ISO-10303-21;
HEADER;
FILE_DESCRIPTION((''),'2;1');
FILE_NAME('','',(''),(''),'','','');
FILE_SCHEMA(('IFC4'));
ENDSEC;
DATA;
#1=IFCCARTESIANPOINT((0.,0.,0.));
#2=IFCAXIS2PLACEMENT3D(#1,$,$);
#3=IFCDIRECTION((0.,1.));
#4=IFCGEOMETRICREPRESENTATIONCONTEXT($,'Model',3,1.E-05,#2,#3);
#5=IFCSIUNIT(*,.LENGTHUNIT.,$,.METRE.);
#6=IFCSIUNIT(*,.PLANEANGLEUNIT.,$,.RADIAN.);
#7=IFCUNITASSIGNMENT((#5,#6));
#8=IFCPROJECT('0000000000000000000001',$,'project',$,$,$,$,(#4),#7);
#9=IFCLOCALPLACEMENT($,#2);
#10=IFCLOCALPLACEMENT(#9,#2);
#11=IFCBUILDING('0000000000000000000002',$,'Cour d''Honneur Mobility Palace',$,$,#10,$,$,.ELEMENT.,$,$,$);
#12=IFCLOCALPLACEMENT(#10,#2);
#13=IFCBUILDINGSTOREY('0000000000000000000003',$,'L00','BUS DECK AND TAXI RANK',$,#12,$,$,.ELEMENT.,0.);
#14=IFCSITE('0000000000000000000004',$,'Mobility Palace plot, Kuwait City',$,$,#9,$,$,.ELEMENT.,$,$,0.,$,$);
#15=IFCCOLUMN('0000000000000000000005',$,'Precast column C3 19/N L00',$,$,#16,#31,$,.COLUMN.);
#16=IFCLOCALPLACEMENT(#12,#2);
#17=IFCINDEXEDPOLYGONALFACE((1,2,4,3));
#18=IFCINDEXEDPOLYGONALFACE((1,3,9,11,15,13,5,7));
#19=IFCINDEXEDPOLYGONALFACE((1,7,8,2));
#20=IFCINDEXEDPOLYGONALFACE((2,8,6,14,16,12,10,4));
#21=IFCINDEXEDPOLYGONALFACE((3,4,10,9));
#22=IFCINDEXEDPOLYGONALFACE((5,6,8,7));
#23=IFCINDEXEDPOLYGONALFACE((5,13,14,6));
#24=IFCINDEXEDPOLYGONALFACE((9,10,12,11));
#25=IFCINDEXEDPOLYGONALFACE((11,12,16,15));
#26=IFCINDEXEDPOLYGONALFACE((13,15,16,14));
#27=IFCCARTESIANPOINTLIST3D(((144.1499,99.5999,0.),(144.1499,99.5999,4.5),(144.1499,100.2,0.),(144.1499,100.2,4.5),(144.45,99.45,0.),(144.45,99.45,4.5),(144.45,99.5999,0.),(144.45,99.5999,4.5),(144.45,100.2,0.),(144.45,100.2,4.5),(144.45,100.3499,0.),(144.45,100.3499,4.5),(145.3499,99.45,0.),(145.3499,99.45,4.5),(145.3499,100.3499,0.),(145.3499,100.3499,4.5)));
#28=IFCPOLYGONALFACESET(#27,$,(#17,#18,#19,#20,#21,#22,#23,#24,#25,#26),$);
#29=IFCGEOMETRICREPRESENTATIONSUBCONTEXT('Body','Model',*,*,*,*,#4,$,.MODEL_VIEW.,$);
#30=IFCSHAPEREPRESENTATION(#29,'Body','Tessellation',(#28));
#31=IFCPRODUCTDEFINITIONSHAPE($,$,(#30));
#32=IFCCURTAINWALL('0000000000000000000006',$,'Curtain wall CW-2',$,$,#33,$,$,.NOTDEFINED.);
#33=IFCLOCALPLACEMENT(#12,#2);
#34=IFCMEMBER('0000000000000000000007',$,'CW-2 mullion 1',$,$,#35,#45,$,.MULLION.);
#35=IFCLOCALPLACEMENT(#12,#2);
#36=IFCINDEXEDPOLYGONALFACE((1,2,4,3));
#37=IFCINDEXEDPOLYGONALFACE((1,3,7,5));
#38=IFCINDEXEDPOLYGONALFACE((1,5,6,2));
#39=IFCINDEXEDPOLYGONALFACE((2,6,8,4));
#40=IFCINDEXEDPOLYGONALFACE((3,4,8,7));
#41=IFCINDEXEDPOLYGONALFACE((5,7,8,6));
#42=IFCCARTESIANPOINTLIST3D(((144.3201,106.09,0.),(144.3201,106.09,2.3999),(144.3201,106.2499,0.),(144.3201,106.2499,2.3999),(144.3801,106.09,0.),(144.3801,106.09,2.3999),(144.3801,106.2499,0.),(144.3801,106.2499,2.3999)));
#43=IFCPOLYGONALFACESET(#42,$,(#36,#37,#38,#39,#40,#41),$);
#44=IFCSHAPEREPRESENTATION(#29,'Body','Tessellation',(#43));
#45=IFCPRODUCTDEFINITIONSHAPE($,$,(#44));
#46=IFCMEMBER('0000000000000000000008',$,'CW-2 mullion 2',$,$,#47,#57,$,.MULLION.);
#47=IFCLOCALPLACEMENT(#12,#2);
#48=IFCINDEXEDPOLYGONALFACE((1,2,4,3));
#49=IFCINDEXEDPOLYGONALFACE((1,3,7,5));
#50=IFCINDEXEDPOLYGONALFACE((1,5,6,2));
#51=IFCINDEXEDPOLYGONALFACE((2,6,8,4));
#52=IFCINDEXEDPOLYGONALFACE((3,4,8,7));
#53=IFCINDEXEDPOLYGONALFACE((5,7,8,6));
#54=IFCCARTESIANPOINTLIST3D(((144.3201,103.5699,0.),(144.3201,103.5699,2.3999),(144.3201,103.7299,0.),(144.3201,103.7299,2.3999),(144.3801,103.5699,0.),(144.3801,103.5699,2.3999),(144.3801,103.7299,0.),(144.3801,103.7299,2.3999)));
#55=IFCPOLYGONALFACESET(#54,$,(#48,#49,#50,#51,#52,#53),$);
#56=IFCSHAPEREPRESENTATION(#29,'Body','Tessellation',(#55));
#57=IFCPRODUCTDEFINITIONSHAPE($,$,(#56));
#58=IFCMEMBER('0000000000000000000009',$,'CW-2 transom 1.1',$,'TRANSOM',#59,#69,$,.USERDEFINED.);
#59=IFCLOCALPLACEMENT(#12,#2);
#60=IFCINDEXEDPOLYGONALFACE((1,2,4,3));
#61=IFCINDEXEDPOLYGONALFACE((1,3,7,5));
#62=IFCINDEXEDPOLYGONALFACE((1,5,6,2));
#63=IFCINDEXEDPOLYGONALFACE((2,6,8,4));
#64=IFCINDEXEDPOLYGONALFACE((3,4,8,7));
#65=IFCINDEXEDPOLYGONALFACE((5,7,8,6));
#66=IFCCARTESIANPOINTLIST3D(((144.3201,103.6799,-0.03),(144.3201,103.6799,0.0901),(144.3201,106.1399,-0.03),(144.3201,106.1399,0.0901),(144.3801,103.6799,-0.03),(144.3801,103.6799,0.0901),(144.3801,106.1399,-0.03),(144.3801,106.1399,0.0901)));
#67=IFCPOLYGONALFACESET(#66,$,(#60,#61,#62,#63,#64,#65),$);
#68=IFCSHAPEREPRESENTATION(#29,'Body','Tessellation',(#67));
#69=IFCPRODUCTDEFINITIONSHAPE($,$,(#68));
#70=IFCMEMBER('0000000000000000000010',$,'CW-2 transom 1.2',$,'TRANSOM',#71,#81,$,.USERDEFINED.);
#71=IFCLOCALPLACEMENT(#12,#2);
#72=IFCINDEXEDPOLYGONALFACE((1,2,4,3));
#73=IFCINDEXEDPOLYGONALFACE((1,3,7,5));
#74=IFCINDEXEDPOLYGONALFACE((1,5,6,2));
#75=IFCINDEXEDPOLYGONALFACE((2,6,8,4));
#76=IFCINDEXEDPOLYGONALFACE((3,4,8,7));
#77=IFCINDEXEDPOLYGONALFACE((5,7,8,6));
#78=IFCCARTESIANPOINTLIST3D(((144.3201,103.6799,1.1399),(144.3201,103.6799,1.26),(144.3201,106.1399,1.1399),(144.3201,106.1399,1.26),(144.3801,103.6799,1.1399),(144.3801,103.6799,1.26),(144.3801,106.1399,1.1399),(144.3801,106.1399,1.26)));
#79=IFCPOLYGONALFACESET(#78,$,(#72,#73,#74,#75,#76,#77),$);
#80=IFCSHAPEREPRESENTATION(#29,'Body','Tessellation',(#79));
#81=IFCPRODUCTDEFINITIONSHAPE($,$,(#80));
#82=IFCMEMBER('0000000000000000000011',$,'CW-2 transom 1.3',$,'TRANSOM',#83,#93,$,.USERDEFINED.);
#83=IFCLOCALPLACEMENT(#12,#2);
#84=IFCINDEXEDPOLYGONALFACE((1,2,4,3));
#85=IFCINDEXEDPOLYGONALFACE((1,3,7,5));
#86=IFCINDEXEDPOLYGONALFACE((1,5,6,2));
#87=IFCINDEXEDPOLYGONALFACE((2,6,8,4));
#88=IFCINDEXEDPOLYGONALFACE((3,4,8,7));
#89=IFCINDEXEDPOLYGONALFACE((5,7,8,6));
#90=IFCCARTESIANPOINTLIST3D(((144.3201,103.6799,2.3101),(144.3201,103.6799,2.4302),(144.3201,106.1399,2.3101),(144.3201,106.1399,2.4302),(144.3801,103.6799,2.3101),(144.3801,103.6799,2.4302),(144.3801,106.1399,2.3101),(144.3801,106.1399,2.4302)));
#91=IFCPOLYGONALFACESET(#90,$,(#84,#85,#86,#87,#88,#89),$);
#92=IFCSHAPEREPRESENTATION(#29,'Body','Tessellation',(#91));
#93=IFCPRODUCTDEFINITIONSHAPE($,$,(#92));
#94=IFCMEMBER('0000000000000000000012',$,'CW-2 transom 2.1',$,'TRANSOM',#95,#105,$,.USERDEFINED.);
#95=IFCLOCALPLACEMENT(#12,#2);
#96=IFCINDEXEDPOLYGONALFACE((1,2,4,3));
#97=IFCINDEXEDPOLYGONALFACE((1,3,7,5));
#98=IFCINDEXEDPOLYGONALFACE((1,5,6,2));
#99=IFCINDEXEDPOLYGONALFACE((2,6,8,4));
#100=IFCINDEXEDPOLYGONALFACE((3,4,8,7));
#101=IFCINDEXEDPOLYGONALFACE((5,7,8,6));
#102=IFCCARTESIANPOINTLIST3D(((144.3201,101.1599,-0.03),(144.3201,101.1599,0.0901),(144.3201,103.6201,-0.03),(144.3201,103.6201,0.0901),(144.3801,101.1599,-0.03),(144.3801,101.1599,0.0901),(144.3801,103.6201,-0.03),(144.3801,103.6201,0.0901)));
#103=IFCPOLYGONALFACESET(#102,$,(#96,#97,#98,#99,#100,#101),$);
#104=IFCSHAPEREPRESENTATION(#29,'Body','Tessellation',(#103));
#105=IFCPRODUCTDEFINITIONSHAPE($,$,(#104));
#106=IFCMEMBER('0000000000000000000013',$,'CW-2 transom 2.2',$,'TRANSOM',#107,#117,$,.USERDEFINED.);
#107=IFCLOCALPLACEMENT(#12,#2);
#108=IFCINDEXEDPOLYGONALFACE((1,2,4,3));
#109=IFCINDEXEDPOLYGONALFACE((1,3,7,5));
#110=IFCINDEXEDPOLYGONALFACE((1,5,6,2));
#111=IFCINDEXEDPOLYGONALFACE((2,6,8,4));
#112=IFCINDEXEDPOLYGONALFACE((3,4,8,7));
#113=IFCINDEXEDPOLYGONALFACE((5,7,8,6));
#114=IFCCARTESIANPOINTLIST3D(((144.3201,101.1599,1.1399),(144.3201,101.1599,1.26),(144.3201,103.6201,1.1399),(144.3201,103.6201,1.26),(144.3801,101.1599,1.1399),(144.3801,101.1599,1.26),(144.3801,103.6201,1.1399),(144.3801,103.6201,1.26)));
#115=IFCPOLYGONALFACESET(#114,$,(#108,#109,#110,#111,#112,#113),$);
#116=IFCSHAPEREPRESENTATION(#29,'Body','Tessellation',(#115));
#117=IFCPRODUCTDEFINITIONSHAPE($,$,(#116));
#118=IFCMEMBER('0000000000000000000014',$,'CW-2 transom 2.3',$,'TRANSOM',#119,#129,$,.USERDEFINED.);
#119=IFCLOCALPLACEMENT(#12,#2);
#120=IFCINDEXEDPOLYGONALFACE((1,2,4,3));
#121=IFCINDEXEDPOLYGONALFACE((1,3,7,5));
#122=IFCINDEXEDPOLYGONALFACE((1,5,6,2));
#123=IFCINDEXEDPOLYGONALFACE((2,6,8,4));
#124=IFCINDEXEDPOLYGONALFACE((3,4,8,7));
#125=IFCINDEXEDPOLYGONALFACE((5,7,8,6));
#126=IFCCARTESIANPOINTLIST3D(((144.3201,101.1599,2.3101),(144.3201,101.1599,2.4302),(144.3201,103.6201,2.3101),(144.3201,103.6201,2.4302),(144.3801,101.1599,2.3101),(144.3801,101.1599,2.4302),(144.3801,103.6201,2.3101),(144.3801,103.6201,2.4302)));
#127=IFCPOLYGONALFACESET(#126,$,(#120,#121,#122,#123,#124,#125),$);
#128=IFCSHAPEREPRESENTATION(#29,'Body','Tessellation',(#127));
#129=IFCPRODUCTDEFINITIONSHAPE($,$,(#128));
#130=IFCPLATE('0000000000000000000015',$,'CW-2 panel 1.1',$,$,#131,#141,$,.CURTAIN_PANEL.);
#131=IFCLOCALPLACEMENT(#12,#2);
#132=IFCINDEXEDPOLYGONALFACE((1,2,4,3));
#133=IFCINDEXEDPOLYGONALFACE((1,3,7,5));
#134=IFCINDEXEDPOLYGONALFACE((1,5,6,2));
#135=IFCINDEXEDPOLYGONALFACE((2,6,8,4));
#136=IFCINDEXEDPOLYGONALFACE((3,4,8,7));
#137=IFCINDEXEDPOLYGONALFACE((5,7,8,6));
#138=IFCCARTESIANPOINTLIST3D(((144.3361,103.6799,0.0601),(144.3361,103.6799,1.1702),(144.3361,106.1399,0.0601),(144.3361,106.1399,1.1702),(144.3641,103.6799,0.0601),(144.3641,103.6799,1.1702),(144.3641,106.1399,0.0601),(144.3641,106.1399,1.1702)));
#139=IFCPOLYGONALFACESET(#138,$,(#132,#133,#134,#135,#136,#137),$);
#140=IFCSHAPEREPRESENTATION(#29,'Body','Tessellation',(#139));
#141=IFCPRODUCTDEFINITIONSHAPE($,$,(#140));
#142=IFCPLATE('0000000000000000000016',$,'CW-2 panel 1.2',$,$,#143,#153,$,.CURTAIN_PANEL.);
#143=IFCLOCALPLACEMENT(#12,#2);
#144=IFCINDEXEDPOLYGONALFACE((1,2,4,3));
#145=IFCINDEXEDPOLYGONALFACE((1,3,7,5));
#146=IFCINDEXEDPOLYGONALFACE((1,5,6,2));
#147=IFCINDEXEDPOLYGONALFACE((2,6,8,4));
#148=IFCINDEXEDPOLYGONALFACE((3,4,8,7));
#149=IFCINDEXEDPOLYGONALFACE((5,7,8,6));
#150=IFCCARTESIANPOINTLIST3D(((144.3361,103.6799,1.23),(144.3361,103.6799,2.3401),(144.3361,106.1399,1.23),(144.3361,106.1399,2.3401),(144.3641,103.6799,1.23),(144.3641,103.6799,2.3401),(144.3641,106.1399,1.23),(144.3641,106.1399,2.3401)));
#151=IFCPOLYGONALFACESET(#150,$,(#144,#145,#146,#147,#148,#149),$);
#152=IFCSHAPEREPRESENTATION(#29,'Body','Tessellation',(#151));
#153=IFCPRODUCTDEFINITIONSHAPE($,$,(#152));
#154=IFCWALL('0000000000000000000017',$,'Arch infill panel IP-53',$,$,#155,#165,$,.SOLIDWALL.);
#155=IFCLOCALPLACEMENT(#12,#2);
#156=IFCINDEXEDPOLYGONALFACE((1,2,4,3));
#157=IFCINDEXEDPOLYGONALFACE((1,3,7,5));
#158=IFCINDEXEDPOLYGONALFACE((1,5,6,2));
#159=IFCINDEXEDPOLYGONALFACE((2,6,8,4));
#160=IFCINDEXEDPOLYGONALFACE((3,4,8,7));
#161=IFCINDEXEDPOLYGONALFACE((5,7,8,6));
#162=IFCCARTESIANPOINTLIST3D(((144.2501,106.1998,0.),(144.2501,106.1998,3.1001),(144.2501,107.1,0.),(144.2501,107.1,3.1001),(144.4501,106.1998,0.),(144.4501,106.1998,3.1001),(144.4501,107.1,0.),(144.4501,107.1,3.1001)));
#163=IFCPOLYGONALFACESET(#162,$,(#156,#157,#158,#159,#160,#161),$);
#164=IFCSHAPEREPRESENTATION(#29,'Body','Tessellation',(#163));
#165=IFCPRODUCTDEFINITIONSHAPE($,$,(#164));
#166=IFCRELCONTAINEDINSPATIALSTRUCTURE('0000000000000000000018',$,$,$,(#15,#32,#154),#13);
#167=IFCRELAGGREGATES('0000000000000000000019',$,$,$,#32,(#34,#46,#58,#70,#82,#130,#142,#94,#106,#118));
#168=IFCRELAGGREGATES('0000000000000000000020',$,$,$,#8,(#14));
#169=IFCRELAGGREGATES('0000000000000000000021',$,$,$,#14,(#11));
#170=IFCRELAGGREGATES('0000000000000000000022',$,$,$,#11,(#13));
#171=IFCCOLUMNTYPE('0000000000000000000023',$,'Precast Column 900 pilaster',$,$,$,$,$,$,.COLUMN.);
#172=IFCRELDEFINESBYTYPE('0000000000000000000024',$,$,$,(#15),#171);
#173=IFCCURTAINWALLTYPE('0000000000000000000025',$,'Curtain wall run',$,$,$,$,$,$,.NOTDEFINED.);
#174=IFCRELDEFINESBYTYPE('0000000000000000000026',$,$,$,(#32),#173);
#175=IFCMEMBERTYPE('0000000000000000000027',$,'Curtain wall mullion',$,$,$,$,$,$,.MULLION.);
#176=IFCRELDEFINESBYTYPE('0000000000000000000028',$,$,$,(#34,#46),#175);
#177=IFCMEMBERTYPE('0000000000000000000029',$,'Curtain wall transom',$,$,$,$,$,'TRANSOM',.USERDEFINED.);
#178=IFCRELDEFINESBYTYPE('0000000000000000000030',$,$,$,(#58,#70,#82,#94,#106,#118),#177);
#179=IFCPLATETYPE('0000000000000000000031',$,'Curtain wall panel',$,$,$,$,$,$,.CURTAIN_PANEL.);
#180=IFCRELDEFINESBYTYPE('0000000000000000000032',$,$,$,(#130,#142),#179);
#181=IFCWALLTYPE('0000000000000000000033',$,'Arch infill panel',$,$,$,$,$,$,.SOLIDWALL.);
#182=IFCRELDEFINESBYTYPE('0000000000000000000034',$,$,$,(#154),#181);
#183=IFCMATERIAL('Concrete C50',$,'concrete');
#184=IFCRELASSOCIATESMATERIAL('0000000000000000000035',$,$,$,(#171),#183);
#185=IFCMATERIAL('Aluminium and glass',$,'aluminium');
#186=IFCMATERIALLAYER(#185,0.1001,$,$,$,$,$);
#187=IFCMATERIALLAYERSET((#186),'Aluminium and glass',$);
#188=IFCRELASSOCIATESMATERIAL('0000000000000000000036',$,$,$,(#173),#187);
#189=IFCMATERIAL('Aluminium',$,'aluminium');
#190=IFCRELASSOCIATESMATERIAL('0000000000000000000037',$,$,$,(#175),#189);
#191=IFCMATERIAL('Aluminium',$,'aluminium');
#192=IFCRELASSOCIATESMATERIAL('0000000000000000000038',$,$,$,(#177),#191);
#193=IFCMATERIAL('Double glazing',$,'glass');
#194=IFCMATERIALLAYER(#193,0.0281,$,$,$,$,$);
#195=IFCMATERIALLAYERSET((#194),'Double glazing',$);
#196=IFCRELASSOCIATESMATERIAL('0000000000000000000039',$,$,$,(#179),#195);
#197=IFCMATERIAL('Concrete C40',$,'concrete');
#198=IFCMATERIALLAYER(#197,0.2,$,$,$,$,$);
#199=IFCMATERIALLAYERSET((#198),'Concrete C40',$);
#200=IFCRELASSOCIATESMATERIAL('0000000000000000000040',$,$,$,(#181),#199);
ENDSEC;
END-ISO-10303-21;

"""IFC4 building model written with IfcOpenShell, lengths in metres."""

from ifc_helpers import new_model, si_unit, direction, frame, frame_2d, origin, origin_2d, place, context, subcontext, project, spatial, polyline, rectangle, outline, extrude, material, layer, layer_set, material_profile, profile_set, type_object, element, aggregate, save


model = new_model("IFC4")

# Units and contexts
model_context = context("Model", 3, precision=1e-05, world=origin(), true_north=direction((0.0, 1.0)))
body_context = subcontext(model_context, "Body", "Model", "MODEL_VIEW")
ifc_project = project(units=[si_unit("LENGTHUNIT", "METRE"), si_unit("PLANEANGLEUNIT", "RADIAN")], contexts=[model_context])

# Site, building, storey
site_placement = place(None, origin())
site = spatial("IfcSite", under=ifc_project, at=site_placement, Name="Mobility Palace plot, Kuwait City", CompositionType="ELEMENT", RefElevation=0.0)
building_placement = place(site_placement, origin())
building = spatial("IfcBuilding", under=site, at=building_placement, Name="Cour d'Honneur Mobility Palace", CompositionType="ELEMENT")
storey_placement = place(building_placement, origin())
storey = spatial("IfcBuildingStorey", under=building, at=storey_placement, Name="L00", Description="BUS DECK AND TAXI RANK", CompositionType="ELEMENT", Elevation=0.0)

# Column
ifc_material_1 = material(Name="Concrete C50", Category="concrete")
ifc_material_profile_1 = material_profile(ifc_material_1, outline(polyline([(-0.45, -0.45), (0.45, -0.45), (0.45, -0.3), (0.75, -0.3), (0.75, 0.3), (0.45, 0.3), (0.45, 0.45), (-0.45, 0.45), (-0.45, -0.45)])), Name="PC C900 pilaster")
ifc_profile_set_1 = profile_set([ifc_material_profile_1], Name="Concrete C50")
column_type = type_object("IfcColumnType", Name="Precast Column 900 pilaster", PredefinedType="COLUMN", material=ifc_profile_set_1)
for number, where, z_axis, x_axis, name in (
    (1, (144.8999, 99.8999, 0.0), (0.0, 0.0, 1.0), (-1.0, 0.0, 0.0), "Precast column C3 19/N L00"),
):
    element("IfcColumn", number, at=place(storey_placement, frame(where, z_axis=z_axis, x_axis=x_axis)), inside=storey, type_object=column_type, Name=name, PredefinedType="COLUMN", context=body_context, shape_type="SweptSolid", body=[
        extrude(outline(polyline([(-0.45, -0.45), (0.45, -0.45), (0.45, -0.3), (0.75, -0.3), (0.75, 0.3), (0.45, 0.3), (0.45, 0.45), (-0.45, 0.45), (-0.45, -0.45)])), origin(), (0.0, 0.0, 1.0), 4.5),
    ])

# Curtain wall, members, plates
ifc_material_2 = material(Name="Aluminium and glass", Category="aluminium")
ifc_layer_1 = layer(ifc_material_2, 0.1001)
ifc_layer_set_1 = layer_set([ifc_layer_1], Name="Aluminium and glass")
curtain_wall_type = type_object("IfcCurtainWallType", Name="Curtain wall run", PredefinedType="NOTDEFINED", material=ifc_layer_set_1)
curtain_wall_placement = place(storey_placement, origin())
curtain_wall = element("IfcCurtainWall", 2, at=curtain_wall_placement, inside=storey, type_object=curtain_wall_type, Name="Curtain wall CW-2", PredefinedType="NOTDEFINED")
ifc_material_3 = material(Name="Aluminium", Category="aluminium")
ifc_material_profile_2 = material_profile(ifc_material_3, rectangle(XDim=0.0601, YDim=0.1599, at=origin_2d()), Name="Curtain wall mullion")
ifc_profile_set_2 = profile_set([ifc_material_profile_2], Name="Aluminium")
member_type_1 = type_object("IfcMemberType", Name="Curtain wall mullion", PredefinedType="MULLION", material=ifc_profile_set_2)
member_1_placement = place(storey_placement, frame((144.3501, 106.1699, 0.0), z_axis=(0.0, 0.0, 1.0), x_axis=(1.0, 0.0, 0.0)))
member_1 = element("IfcMember", 3, at=member_1_placement, type_object=member_type_1, Name="CW-2 mullion 1", PredefinedType="MULLION", context=body_context, shape_type="SweptSolid", body=[
    extrude(rectangle(XDim=0.0601, YDim=0.1599, at=origin_2d()), origin(), (0.0, 0.0, 1.0), 2.3999),
])
member_2_placement = place(storey_placement, frame((144.3501, 103.6499, 0.0), z_axis=(0.0, 0.0, 1.0), x_axis=(1.0, 0.0, 0.0)))
member_2 = element("IfcMember", 4, at=member_2_placement, type_object=member_type_1, Name="CW-2 mullion 2", PredefinedType="MULLION", context=body_context, shape_type="SweptSolid", body=[
    extrude(rectangle(XDim=0.0601, YDim=0.1599, at=origin_2d()), origin(), (0.0, 0.0, 1.0), 2.3999),
])
ifc_material_4 = material(Name="Aluminium", Category="aluminium")
ifc_material_profile_3 = material_profile(ifc_material_4, rectangle(XDim=0.0601, YDim=0.1201, at=origin_2d()), Name="Curtain wall transom")
ifc_profile_set_3 = profile_set([ifc_material_profile_3], Name="Aluminium")
member_type_2 = type_object("IfcMemberType", Name="Curtain wall transom", ElementType="TRANSOM", PredefinedType="USERDEFINED", material=ifc_profile_set_3)
member_3_placement = place(storey_placement, frame((144.3501, 106.1399, 0.03), z_axis=(0.0, -1.0, 0.0), x_axis=(1.0, 0.0, 0.0)))
member_3 = element("IfcMember", 5, at=member_3_placement, type_object=member_type_2, Name="CW-2 transom 1.1", ObjectType="TRANSOM", PredefinedType="USERDEFINED", context=body_context, shape_type="SweptSolid", body=[
    extrude(rectangle(XDim=0.0601, YDim=0.1201, at=origin_2d()), origin(), (0.0, 0.0, 1.0), 2.46),
])
member_4_placement = place(storey_placement, frame((144.3501, 106.1399, 1.2), z_axis=(0.0, -1.0, 0.0), x_axis=(1.0, 0.0, 0.0)))
member_4 = element("IfcMember", 6, at=member_4_placement, type_object=member_type_2, Name="CW-2 transom 1.2", ObjectType="TRANSOM", PredefinedType="USERDEFINED", context=body_context, shape_type="SweptSolid", body=[
    extrude(rectangle(XDim=0.0601, YDim=0.1201, at=origin_2d()), origin(), (0.0, 0.0, 1.0), 2.46),
])
member_5_placement = place(storey_placement, frame((144.3501, 106.1399, 2.3701), z_axis=(0.0, -1.0, 0.0), x_axis=(1.0, 0.0, 0.0)))
member_5 = element("IfcMember", 7, at=member_5_placement, type_object=member_type_2, Name="CW-2 transom 1.3", ObjectType="TRANSOM", PredefinedType="USERDEFINED", context=body_context, shape_type="SweptSolid", body=[
    extrude(rectangle(XDim=0.0601, YDim=0.1201, at=origin_2d()), origin(), (0.0, 0.0, 1.0), 2.46),
])
member_6_placement = place(storey_placement, frame((144.3501, 103.6201, 0.03), z_axis=(0.0, -1.0, 0.0), x_axis=(1.0, 0.0, 0.0)))
member_6 = element("IfcMember", 8, at=member_6_placement, type_object=member_type_2, Name="CW-2 transom 2.1", ObjectType="TRANSOM", PredefinedType="USERDEFINED", context=body_context, shape_type="SweptSolid", body=[
    extrude(rectangle(XDim=0.0601, YDim=0.1201, at=origin_2d()), origin(), (0.0, 0.0, 1.0), 2.4602),
])
member_7_placement = place(storey_placement, frame((144.3501, 103.6201, 1.2), z_axis=(0.0, -1.0, 0.0), x_axis=(1.0, 0.0, 0.0)))
member_7 = element("IfcMember", 9, at=member_7_placement, type_object=member_type_2, Name="CW-2 transom 2.2", ObjectType="TRANSOM", PredefinedType="USERDEFINED", context=body_context, shape_type="SweptSolid", body=[
    extrude(rectangle(XDim=0.0601, YDim=0.1201, at=origin_2d()), origin(), (0.0, 0.0, 1.0), 2.4602),
])
member_8_placement = place(storey_placement, frame((144.3501, 103.6201, 2.3701), z_axis=(0.0, -1.0, 0.0), x_axis=(1.0, 0.0, 0.0)))
member_8 = element("IfcMember", 10, at=member_8_placement, type_object=member_type_2, Name="CW-2 transom 2.3", ObjectType="TRANSOM", PredefinedType="USERDEFINED", context=body_context, shape_type="SweptSolid", body=[
    extrude(rectangle(XDim=0.0601, YDim=0.1201, at=origin_2d()), origin(), (0.0, 0.0, 1.0), 2.4602),
])
ifc_material_5 = material(Name="Double glazing", Category="glass")
ifc_layer_2 = layer(ifc_material_5, 0.0281)
ifc_layer_set_2 = layer_set([ifc_layer_2], Name="Double glazing")
plate_type = type_object("IfcPlateType", Name="Curtain wall panel", PredefinedType="CURTAIN_PANEL", material=ifc_layer_set_2)
plate_1_placement = place(storey_placement, frame((144.3501, 104.9099, 0.0601), z_axis=(0.0, 0.0, 1.0), x_axis=(0.0, -1.0, 0.0)))
plate_1 = element("IfcPlate", 11, at=plate_1_placement, type_object=plate_type, Name="CW-2 panel 1.1", PredefinedType="CURTAIN_PANEL", context=body_context, shape_type="SweptSolid", body=[
    extrude(rectangle(XDim=2.46, YDim=0.0281, at=origin_2d()), origin(), (0.0, 0.0, 1.0), 1.1101),
])
plate_2_placement = place(storey_placement, frame((144.3501, 104.9099, 1.23), z_axis=(0.0, 0.0, 1.0), x_axis=(0.0, -1.0, 0.0)))
plate_2 = element("IfcPlate", 12, at=plate_2_placement, type_object=plate_type, Name="CW-2 panel 1.2", PredefinedType="CURTAIN_PANEL", context=body_context, shape_type="SweptSolid", body=[
    extrude(rectangle(XDim=2.46, YDim=0.0281, at=origin_2d()), origin(), (0.0, 0.0, 1.0), 1.1101),
])
aggregate(curtain_wall, [member_1, member_2, member_3, member_4, member_5, plate_1, plate_2, member_6, member_7, member_8])

# Wall
ifc_material_6 = material(Name="Concrete C40", Category="concrete")
ifc_layer_3 = layer(ifc_material_6, 0.2)
ifc_layer_set_3 = layer_set([ifc_layer_3], Name="Concrete C40")
wall_type_1 = type_object("IfcWallType", Name="Arch infill panel", PredefinedType="SOLIDWALL", material=ifc_layer_set_3)
wall_1_placement = place(storey_placement, frame((144.3501, 107.1001, 0.0), z_axis=(0.0, 0.0, 1.0), x_axis=(0.0, -1.0, 0.0)))
element("IfcWall", 13, at=wall_1_placement, inside=storey, type_object=wall_type_1, Name="Arch infill panel IP-53", PredefinedType="SOLIDWALL", context=body_context, shape_type="SweptSolid", body=[
    extrude(rectangle(XDim=0.9001, YDim=0.2, at=frame_2d((0.4502, 0.0))), origin(), (0.0, 0.0, 1.0), 3.1001),
])

save(model, "model.ifc")
